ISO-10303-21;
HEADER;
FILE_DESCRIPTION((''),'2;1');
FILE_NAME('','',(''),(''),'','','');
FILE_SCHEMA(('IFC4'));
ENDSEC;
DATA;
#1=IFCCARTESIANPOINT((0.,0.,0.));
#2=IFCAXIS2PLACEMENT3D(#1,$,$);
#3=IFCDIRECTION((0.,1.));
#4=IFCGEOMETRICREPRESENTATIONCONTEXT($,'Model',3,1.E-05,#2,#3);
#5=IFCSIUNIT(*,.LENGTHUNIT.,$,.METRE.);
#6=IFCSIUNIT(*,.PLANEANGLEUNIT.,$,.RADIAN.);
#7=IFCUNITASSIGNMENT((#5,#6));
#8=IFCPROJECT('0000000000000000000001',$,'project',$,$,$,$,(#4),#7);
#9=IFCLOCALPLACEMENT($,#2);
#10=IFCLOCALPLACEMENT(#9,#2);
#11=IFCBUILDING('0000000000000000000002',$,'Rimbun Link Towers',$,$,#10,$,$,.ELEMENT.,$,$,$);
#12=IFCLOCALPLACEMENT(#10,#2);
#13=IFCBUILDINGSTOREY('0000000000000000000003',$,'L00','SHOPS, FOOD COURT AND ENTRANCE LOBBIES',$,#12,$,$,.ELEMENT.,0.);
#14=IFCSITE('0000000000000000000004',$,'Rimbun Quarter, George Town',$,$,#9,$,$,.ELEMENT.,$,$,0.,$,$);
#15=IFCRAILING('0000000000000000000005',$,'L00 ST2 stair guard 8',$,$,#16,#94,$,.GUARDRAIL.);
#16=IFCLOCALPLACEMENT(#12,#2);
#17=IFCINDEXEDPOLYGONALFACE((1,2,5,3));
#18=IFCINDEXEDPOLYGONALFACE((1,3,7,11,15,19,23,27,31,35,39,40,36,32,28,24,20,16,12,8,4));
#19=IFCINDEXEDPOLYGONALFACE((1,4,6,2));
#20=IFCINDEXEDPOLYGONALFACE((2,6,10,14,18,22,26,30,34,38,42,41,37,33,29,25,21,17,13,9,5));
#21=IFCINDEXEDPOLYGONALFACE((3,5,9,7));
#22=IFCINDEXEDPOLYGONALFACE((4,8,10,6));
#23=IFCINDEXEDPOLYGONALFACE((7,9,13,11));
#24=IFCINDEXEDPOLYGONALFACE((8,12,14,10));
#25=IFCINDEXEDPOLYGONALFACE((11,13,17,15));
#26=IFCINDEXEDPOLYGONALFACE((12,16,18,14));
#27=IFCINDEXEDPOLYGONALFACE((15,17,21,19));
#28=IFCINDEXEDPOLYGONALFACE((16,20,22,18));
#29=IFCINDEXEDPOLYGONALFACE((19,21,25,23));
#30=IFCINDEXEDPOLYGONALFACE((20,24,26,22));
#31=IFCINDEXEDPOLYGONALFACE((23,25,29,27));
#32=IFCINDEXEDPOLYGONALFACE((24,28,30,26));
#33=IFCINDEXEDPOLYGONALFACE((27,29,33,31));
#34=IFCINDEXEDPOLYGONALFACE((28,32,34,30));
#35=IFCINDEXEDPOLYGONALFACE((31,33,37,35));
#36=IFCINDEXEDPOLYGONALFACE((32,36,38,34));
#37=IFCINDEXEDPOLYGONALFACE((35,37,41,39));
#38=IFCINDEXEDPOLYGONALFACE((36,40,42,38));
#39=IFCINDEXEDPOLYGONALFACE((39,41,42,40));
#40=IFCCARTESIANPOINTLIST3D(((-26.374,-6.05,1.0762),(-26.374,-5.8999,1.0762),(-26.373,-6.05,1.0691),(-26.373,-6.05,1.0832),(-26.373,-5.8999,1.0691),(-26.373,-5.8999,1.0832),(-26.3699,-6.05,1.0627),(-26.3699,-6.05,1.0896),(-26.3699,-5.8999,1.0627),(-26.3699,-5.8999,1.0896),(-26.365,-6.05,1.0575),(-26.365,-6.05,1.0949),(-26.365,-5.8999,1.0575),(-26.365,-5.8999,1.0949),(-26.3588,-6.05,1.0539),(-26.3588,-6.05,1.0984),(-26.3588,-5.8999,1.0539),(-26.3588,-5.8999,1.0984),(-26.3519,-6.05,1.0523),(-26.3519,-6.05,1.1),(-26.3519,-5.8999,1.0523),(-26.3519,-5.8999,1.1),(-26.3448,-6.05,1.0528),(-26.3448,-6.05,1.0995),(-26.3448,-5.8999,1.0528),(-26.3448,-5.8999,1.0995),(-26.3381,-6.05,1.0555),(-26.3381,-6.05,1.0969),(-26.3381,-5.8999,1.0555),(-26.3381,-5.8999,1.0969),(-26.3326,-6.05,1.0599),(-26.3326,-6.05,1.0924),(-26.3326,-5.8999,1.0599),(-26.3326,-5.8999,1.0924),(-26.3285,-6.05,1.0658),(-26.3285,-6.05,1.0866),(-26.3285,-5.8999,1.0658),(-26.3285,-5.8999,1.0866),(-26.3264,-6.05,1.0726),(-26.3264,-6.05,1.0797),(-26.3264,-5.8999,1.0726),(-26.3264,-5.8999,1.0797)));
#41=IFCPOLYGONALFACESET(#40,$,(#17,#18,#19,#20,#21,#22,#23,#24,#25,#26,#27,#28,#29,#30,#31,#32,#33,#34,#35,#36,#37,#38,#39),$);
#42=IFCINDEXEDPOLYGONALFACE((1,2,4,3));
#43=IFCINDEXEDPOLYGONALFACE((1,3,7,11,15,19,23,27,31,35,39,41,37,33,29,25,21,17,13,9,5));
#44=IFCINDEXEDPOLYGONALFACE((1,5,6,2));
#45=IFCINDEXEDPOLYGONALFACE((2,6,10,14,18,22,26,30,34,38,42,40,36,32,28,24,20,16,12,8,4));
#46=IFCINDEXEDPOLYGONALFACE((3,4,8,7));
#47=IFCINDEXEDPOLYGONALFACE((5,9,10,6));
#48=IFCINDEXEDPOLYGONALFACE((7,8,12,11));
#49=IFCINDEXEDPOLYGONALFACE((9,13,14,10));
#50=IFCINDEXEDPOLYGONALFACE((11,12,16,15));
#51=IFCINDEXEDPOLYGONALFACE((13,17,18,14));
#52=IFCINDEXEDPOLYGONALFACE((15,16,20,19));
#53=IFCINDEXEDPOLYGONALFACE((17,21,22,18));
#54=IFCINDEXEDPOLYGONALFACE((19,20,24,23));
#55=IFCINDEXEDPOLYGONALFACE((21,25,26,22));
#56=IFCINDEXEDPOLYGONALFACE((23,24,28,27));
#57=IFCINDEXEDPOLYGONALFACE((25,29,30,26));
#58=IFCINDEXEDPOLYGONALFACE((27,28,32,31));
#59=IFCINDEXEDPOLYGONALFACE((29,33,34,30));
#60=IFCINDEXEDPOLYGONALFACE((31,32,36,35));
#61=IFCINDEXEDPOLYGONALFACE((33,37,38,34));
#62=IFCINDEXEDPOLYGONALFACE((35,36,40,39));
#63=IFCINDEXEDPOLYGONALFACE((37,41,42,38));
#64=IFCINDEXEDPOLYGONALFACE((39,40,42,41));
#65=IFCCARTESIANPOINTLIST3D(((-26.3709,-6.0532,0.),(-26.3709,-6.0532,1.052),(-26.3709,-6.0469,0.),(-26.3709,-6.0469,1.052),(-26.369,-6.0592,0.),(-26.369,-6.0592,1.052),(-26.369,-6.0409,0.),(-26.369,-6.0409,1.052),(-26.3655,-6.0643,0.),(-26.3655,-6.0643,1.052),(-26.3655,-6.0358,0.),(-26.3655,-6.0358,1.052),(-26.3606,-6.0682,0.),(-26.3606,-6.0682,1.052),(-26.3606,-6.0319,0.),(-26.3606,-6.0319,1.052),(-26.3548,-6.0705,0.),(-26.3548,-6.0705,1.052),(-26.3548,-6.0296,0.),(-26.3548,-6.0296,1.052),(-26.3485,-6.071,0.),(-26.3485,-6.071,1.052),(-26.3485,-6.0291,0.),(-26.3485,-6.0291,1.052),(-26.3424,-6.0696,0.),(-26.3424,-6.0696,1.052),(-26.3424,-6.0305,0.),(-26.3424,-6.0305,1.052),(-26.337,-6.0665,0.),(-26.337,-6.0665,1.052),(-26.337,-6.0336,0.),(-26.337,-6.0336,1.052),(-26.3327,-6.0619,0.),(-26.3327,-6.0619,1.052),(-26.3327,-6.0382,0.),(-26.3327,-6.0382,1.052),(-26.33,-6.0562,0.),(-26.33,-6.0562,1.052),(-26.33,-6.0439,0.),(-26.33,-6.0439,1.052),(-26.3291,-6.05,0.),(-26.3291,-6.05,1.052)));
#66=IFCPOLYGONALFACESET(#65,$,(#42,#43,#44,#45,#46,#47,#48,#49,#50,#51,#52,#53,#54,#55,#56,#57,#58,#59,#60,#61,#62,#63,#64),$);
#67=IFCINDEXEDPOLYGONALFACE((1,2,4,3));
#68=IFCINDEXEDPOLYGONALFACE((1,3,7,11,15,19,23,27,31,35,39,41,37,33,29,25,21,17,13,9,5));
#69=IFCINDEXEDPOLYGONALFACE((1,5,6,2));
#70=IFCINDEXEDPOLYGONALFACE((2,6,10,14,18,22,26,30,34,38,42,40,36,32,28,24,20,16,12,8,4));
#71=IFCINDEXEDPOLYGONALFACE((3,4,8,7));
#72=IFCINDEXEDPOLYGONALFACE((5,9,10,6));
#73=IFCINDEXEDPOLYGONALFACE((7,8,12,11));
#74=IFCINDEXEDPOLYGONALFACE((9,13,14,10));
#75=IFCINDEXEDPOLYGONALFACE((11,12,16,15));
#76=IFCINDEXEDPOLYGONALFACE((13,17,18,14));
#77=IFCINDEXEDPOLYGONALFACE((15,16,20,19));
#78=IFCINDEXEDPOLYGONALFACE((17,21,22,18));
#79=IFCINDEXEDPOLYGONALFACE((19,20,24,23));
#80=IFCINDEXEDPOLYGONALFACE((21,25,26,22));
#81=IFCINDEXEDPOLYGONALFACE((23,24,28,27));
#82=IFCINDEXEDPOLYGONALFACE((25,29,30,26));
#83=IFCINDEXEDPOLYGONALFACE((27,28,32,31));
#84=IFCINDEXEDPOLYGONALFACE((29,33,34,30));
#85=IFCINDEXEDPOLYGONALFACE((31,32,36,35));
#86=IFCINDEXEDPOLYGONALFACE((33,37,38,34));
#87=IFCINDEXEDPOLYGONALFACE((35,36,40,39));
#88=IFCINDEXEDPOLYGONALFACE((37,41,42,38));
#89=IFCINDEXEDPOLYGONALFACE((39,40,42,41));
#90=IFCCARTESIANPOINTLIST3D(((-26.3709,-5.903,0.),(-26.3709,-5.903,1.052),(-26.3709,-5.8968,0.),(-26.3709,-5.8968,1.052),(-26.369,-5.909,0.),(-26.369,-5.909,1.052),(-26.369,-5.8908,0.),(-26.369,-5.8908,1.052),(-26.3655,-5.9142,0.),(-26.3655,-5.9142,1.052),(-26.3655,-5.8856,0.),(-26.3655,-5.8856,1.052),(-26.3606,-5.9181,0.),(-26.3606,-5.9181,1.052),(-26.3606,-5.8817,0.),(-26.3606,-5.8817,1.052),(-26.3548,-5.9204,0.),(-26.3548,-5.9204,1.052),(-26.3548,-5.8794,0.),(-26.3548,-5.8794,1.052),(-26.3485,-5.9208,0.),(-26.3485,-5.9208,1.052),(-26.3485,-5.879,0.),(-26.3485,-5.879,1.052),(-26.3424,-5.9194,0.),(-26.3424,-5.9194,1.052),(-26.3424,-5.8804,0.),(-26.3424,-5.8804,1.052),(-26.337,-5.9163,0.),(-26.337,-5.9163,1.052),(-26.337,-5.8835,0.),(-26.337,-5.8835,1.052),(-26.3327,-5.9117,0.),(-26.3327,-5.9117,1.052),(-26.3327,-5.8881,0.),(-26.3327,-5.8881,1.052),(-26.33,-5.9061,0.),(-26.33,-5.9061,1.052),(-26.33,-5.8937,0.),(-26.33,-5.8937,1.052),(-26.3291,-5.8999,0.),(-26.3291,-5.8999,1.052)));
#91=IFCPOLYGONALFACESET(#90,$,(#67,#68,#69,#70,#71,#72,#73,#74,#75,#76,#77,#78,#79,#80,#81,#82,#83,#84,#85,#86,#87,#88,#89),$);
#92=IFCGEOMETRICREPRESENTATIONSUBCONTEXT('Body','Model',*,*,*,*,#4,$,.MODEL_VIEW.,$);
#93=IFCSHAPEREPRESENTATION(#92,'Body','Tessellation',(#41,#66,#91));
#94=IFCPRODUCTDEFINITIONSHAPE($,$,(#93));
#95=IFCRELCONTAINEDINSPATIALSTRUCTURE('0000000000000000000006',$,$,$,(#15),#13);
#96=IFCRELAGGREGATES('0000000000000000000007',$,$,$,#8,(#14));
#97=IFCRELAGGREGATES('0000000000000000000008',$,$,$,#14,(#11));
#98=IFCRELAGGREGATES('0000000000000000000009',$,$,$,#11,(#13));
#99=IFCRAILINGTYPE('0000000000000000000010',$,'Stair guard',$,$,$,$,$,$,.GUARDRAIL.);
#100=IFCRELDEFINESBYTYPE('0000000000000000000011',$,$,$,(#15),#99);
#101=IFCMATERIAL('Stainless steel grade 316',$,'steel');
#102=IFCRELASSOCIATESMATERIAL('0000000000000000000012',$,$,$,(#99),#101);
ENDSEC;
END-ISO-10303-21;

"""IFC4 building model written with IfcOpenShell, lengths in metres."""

from ifc_helpers import new_model, si_unit, direction, frame, origin, origin_2d, place, context, subcontext, project, spatial, circle, extrude, material, type_object, element, save


model = new_model("IFC4")

# Units and contexts
model_context = context("Model", 3, precision=1e-05, world=origin(), true_north=direction((0.0, 1.0)))
body_context = subcontext(model_context, "Body", "Model", "MODEL_VIEW")
ifc_project = project(units=[si_unit("LENGTHUNIT", "METRE"), si_unit("PLANEANGLEUNIT", "RADIAN")], contexts=[model_context])

# Site, building, storey
site_placement = place(None, origin())
site = spatial("IfcSite", under=ifc_project, at=site_placement, Name="Rimbun Quarter, George Town", CompositionType="ELEMENT", RefElevation=0.0)
building_placement = place(site_placement, origin())
building = spatial("IfcBuilding", under=site, at=building_placement, Name="Rimbun Link Towers", CompositionType="ELEMENT")
storey_placement = place(building_placement, origin())
storey = spatial("IfcBuildingStorey", under=building, at=storey_placement, Name="L00", Description="SHOPS, FOOD COURT AND ENTRANCE LOBBIES", CompositionType="ELEMENT", Elevation=0.0)

# Railing
ifc_material_1 = material(Name="Stainless steel grade 316", Category="steel")
railing_type_1 = type_object("IfcRailingType", Name="Stair guard", PredefinedType="GUARDRAIL", material=ifc_material_1)
railing_1_placement = place(storey_placement, frame((-26.3501, -6.05, 0.0)))
element("IfcRailing", 1, at=railing_1_placement, inside=storey, type_object=railing_type_1, Name="L00 ST2 stair guard 8", PredefinedType="GUARDRAIL", context=body_context, shape_type="SweptSolid", body=[
    extrude(circle(Radius=0.0239, at=origin_2d()), frame((0.0, 0.0, 1.0762), z_axis=(0.0, 1.0, 0.0), x_axis=(-1.0, 0.0, 0.0)), (0.0, 0.0, 1.0), 0.1501),
    extrude(circle(Radius=0.021, at=origin_2d()), origin(), (0.0, 0.0, 1.0), 1.052),
    extrude(circle(Radius=0.021, at=origin_2d()), frame((0.0, 0.1501, 0.0)), (0.0, 0.0, 1.0), 1.052),
])

save(model, "model.ifc")
